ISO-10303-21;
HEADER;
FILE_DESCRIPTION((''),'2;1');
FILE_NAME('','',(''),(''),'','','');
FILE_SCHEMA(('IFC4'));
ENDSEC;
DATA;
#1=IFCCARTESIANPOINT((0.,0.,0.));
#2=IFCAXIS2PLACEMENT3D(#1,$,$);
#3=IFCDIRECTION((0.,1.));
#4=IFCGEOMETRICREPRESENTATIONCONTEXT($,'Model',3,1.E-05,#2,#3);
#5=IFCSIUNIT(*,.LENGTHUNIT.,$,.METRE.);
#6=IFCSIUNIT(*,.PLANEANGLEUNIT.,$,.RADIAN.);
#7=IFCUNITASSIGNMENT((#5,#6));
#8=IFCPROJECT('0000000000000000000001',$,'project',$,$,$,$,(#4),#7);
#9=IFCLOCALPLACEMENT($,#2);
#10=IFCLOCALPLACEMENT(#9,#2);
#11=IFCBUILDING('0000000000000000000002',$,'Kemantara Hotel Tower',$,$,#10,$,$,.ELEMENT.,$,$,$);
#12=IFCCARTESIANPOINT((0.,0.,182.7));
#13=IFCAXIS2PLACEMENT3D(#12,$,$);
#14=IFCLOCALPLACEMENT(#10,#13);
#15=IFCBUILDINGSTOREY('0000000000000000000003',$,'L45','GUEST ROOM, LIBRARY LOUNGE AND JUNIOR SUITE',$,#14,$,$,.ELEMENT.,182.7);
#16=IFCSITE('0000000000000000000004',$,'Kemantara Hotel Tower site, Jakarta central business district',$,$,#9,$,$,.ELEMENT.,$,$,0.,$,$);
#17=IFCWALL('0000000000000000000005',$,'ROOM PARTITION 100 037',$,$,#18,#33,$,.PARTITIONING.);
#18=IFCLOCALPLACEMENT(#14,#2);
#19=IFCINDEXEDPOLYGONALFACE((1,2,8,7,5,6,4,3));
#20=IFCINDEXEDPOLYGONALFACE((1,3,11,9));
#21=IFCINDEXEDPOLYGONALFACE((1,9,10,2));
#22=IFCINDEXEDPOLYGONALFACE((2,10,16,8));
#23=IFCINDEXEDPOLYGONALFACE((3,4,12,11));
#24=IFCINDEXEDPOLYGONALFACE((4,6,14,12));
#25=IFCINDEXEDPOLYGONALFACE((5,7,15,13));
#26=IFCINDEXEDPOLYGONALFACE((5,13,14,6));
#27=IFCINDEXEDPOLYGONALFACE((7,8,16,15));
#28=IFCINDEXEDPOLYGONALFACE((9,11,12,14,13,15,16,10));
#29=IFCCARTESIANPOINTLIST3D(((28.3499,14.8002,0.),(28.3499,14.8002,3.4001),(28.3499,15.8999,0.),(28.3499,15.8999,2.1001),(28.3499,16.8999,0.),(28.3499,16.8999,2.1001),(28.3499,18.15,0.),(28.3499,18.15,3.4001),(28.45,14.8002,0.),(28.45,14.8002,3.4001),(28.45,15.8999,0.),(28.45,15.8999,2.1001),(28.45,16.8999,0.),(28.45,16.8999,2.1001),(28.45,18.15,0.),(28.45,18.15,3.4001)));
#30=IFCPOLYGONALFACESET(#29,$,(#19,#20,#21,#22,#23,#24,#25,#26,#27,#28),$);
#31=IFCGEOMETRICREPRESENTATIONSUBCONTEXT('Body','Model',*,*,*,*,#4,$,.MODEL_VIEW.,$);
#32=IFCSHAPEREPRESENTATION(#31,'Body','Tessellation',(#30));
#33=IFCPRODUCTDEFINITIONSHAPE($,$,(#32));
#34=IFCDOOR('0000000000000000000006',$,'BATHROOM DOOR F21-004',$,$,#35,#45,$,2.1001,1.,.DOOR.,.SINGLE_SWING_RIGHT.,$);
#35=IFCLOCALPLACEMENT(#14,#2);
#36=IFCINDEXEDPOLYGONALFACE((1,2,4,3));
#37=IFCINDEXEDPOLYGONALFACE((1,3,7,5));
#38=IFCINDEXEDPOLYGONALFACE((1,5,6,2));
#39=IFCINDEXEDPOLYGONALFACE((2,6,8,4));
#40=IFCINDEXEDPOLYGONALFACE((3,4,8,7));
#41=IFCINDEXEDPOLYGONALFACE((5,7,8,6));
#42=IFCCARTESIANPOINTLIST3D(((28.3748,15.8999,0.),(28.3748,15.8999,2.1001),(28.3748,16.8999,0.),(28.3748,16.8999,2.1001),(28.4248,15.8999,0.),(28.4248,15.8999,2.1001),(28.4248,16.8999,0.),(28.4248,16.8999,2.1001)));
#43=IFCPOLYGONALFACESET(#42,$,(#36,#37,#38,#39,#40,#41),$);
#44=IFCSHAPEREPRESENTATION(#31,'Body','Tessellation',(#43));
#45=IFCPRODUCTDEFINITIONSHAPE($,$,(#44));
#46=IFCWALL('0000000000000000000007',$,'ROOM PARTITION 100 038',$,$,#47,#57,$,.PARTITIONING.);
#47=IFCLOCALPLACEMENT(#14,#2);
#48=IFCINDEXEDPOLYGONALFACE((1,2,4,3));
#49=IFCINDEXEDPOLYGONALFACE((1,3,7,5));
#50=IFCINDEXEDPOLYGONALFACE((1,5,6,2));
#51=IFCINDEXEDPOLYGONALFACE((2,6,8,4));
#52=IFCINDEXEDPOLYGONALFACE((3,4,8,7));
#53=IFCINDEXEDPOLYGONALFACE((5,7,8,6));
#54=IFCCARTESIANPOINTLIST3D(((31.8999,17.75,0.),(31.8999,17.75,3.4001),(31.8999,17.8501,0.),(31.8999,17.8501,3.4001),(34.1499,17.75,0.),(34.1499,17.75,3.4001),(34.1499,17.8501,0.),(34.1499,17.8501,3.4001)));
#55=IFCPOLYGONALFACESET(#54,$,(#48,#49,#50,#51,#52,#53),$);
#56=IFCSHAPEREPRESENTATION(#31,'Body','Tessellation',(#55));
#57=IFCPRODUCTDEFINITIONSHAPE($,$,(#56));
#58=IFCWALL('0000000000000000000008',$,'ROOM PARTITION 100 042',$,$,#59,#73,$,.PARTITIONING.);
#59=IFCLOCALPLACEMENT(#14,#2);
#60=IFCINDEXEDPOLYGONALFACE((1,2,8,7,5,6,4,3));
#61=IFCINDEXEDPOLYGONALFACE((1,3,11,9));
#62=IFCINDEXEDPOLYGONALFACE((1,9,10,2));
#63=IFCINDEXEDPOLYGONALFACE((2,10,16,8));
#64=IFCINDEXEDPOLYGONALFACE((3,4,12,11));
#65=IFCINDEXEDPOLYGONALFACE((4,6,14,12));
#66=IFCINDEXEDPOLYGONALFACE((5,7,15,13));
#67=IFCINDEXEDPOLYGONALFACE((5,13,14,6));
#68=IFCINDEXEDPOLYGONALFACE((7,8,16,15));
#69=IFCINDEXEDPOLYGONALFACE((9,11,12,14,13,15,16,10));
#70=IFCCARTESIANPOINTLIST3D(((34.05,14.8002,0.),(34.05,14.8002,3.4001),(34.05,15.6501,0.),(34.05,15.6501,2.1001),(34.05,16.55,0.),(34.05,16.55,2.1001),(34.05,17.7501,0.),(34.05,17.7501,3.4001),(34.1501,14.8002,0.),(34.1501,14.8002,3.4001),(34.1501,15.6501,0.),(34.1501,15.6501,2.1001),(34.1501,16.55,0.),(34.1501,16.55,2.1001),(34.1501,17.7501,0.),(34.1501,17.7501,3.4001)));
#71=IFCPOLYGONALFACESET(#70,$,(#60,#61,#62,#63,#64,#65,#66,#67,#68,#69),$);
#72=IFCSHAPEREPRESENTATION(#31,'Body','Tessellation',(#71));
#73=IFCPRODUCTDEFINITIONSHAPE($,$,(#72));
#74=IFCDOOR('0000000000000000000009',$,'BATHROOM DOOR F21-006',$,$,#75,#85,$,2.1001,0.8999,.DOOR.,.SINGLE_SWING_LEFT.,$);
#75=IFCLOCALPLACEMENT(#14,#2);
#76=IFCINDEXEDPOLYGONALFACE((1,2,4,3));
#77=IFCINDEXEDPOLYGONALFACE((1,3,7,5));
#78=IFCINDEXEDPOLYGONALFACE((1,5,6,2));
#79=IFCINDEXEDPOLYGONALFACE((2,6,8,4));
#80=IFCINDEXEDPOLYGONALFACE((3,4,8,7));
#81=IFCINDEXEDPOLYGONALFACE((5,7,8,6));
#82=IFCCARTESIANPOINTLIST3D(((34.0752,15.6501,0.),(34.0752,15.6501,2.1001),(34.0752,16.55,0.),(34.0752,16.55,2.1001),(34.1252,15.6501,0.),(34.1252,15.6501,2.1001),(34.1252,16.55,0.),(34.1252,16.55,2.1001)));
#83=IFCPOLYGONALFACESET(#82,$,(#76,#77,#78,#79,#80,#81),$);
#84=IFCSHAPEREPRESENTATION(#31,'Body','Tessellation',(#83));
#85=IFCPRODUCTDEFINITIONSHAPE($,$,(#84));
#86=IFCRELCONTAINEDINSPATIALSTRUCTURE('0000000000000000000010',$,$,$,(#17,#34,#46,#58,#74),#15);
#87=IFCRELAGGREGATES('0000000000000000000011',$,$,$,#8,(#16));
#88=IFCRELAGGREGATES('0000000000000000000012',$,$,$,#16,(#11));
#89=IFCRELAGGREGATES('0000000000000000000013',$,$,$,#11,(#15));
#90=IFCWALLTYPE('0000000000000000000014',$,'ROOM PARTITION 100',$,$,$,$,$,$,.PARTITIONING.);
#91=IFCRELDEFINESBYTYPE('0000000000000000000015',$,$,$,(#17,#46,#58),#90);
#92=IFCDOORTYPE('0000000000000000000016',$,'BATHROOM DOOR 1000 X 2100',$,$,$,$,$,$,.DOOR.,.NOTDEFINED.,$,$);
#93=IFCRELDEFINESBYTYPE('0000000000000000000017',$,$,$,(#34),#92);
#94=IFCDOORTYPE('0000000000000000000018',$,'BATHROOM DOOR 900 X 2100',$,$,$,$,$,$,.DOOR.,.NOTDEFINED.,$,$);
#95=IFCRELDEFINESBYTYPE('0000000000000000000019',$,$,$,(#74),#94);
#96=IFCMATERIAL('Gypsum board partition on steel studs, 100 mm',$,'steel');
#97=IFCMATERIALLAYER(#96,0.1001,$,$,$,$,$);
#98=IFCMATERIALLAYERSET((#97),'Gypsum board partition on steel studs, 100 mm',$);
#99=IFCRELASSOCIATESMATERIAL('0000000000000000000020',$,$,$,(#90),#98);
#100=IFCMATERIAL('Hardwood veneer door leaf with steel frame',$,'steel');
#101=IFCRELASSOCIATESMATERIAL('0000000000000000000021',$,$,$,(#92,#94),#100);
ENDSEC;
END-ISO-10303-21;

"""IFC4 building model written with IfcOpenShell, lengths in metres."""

from ifc_helpers import new_model, si_unit, direction, frame, frame_2d, origin, place, context, subcontext, project, spatial, rectangle, extrude, material, layer, layer_set, type_object, element, fill, save


model = new_model("IFC4")

# Units and contexts
model_context = context("Model", 3, precision=1e-05, world=origin(), true_north=direction((0.0, 1.0)))
body_context = subcontext(model_context, "Body", "Model", "MODEL_VIEW")
ifc_project = project(units=[si_unit("LENGTHUNIT", "METRE"), si_unit("PLANEANGLEUNIT", "RADIAN")], contexts=[model_context])

# Site, building, storey
site_placement = place(None, origin())
site = spatial("IfcSite", under=ifc_project, at=site_placement, Name="Kemantara Hotel Tower site, Jakarta central business district", CompositionType="ELEMENT", RefElevation=0.0)
building_placement = place(site_placement, origin())
building = spatial("IfcBuilding", under=site, at=building_placement, Name="Kemantara Hotel Tower", CompositionType="ELEMENT")
storey_placement = place(building_placement, frame((0.0, 0.0, 182.7)))
storey = spatial("IfcBuildingStorey", under=building, at=storey_placement, Name="L45", Description="GUEST ROOM, LIBRARY LOUNGE AND JUNIOR SUITE", CompositionType="ELEMENT", Elevation=182.7)

# Shared definitions
ifc_material_1 = material(Name="Hardwood veneer door leaf with steel frame", Category="steel")

# Shared definitions
ifc_material_2 = material(Name="Gypsum board partition on steel studs, 100 mm", Category="steel")
ifc_layer_1 = layer(ifc_material_2, 0.1001)
ifc_layer_set_1 = layer_set([ifc_layer_1], Name="Gypsum board partition on steel studs, 100 mm")
wall_type_1 = type_object("IfcWallType", Name="ROOM PARTITION 100", PredefinedType="PARTITIONING", material=ifc_layer_set_1)

# Wall, opening, door
wall_1_placement = place(storey_placement, frame((28.3999, 18.1499, 0.0), z_axis=(0.0, 0.0, 1.0), x_axis=(0.0, -1.0, 0.0)))
wall_1 = element("IfcWall", 1, at=wall_1_placement, inside=storey, type_object=wall_type_1, Name="ROOM PARTITION 100 037", PredefinedType="PARTITIONING", context=body_context, shape_type="SweptSolid", body=[
    extrude(rectangle(XDim=3.3499, YDim=0.1001, at=frame_2d((1.6748, 0.0))), origin(), (0.0, 0.0, 1.0), 3.4001),
])
opening_1_placement = place(wall_1_placement, frame((1.25, 0.0, 0.0)))
opening_1 = element("IfcOpeningElement", 2, at=opening_1_placement, cuts=wall_1, PredefinedType="OPENING", context=body_context, shape_type="SweptSolid", body=[
    extrude(rectangle(XDim=1.0, YDim=2.1001, at=frame_2d((0.5, 1.05))), frame((0.0, 0.0601, 0.0), z_axis=(0.0, -1.0, 0.0), x_axis=(1.0, 0.0, 0.0)), (0.0, 0.0, 1.0), 0.1201),
])
door_type_1 = type_object("IfcDoorType", Name="BATHROOM DOOR 1000 X 2100", OperationType="NOTDEFINED", PredefinedType="DOOR", material=ifc_material_1)
door_1_placement = place(opening_1_placement, origin())
door_1 = element("IfcDoor", 3, at=door_1_placement, inside=storey, type_object=door_type_1, Name="BATHROOM DOOR F21-004", OperationType="SINGLE_SWING_RIGHT", OverallHeight=2.1001, OverallWidth=1.0, PredefinedType="DOOR", context=body_context, shape_type="SweptSolid", body=[
    extrude(rectangle(XDim=1.0, YDim=2.1001, at=frame_2d((0.5, 1.05))), frame((0.0, 0.0249, 0.0), z_axis=(0.0, -1.0, 0.0), x_axis=(1.0, 0.0, 0.0)), (0.0, 0.0, 1.0), 0.05),
])
fill(opening_1, door_1)

# Wall
wall_2_placement = place(storey_placement, frame((31.8999, 17.8, 0.0), z_axis=(0.0, 0.0, 1.0), x_axis=(1.0, 0.0, 0.0)))
element("IfcWall", 4, at=wall_2_placement, inside=storey, type_object=wall_type_1, Name="ROOM PARTITION 100 038", PredefinedType="PARTITIONING", context=body_context, shape_type="SweptSolid", body=[
    extrude(rectangle(XDim=2.25, YDim=0.1001, at=frame_2d((1.125, 0.0))), origin(), (0.0, 0.0, 1.0), 3.4001),
])

# Wall, opening, door
wall_3_placement = place(storey_placement, frame((34.1001, 14.8, 0.0), z_axis=(0.0, 0.0, 1.0), x_axis=(0.0, 1.0, 0.0)))
wall_3 = element("IfcWall", 5, at=wall_3_placement, inside=storey, type_object=wall_type_1, Name="ROOM PARTITION 100 042", PredefinedType="PARTITIONING", context=body_context, shape_type="SweptSolid", body=[
    extrude(rectangle(XDim=2.95, YDim=0.1001, at=frame_2d((1.4751, 0.0))), origin(), (0.0, 0.0, 1.0), 3.4001),
])
opening_2_placement = place(wall_3_placement, frame((0.8501, 0.0, 0.0)))
opening_2 = element("IfcOpeningElement", 6, at=opening_2_placement, cuts=wall_3, PredefinedType="OPENING", context=body_context, shape_type="SweptSolid", body=[
    extrude(rectangle(XDim=0.8999, YDim=2.1001, at=frame_2d((0.45, 1.05))), frame((0.0, 0.0601, 0.0), z_axis=(0.0, -1.0, 0.0), x_axis=(1.0, 0.0, 0.0)), (0.0, 0.0, 1.0), 0.1201),
])
door_type_2 = type_object("IfcDoorType", Name="BATHROOM DOOR 900 X 2100", OperationType="NOTDEFINED", PredefinedType="DOOR", material=ifc_material_1)
door_2_placement = place(opening_2_placement, origin())
door_2 = element("IfcDoor", 7, at=door_2_placement, inside=storey, type_object=door_type_2, Name="BATHROOM DOOR F21-006", OperationType="SINGLE_SWING_LEFT", OverallHeight=2.1001, OverallWidth=0.8999, PredefinedType="DOOR", context=body_context, shape_type="SweptSolid", body=[
    extrude(rectangle(XDim=0.8999, YDim=2.1001, at=frame_2d((0.45, 1.05))), frame((0.0, 0.0249, 0.0), z_axis=(0.0, -1.0, 0.0), x_axis=(1.0, 0.0, 0.0)), (0.0, 0.0, 1.0), 0.05),
])
fill(opening_2, door_2)

save(model, "model.ifc")
